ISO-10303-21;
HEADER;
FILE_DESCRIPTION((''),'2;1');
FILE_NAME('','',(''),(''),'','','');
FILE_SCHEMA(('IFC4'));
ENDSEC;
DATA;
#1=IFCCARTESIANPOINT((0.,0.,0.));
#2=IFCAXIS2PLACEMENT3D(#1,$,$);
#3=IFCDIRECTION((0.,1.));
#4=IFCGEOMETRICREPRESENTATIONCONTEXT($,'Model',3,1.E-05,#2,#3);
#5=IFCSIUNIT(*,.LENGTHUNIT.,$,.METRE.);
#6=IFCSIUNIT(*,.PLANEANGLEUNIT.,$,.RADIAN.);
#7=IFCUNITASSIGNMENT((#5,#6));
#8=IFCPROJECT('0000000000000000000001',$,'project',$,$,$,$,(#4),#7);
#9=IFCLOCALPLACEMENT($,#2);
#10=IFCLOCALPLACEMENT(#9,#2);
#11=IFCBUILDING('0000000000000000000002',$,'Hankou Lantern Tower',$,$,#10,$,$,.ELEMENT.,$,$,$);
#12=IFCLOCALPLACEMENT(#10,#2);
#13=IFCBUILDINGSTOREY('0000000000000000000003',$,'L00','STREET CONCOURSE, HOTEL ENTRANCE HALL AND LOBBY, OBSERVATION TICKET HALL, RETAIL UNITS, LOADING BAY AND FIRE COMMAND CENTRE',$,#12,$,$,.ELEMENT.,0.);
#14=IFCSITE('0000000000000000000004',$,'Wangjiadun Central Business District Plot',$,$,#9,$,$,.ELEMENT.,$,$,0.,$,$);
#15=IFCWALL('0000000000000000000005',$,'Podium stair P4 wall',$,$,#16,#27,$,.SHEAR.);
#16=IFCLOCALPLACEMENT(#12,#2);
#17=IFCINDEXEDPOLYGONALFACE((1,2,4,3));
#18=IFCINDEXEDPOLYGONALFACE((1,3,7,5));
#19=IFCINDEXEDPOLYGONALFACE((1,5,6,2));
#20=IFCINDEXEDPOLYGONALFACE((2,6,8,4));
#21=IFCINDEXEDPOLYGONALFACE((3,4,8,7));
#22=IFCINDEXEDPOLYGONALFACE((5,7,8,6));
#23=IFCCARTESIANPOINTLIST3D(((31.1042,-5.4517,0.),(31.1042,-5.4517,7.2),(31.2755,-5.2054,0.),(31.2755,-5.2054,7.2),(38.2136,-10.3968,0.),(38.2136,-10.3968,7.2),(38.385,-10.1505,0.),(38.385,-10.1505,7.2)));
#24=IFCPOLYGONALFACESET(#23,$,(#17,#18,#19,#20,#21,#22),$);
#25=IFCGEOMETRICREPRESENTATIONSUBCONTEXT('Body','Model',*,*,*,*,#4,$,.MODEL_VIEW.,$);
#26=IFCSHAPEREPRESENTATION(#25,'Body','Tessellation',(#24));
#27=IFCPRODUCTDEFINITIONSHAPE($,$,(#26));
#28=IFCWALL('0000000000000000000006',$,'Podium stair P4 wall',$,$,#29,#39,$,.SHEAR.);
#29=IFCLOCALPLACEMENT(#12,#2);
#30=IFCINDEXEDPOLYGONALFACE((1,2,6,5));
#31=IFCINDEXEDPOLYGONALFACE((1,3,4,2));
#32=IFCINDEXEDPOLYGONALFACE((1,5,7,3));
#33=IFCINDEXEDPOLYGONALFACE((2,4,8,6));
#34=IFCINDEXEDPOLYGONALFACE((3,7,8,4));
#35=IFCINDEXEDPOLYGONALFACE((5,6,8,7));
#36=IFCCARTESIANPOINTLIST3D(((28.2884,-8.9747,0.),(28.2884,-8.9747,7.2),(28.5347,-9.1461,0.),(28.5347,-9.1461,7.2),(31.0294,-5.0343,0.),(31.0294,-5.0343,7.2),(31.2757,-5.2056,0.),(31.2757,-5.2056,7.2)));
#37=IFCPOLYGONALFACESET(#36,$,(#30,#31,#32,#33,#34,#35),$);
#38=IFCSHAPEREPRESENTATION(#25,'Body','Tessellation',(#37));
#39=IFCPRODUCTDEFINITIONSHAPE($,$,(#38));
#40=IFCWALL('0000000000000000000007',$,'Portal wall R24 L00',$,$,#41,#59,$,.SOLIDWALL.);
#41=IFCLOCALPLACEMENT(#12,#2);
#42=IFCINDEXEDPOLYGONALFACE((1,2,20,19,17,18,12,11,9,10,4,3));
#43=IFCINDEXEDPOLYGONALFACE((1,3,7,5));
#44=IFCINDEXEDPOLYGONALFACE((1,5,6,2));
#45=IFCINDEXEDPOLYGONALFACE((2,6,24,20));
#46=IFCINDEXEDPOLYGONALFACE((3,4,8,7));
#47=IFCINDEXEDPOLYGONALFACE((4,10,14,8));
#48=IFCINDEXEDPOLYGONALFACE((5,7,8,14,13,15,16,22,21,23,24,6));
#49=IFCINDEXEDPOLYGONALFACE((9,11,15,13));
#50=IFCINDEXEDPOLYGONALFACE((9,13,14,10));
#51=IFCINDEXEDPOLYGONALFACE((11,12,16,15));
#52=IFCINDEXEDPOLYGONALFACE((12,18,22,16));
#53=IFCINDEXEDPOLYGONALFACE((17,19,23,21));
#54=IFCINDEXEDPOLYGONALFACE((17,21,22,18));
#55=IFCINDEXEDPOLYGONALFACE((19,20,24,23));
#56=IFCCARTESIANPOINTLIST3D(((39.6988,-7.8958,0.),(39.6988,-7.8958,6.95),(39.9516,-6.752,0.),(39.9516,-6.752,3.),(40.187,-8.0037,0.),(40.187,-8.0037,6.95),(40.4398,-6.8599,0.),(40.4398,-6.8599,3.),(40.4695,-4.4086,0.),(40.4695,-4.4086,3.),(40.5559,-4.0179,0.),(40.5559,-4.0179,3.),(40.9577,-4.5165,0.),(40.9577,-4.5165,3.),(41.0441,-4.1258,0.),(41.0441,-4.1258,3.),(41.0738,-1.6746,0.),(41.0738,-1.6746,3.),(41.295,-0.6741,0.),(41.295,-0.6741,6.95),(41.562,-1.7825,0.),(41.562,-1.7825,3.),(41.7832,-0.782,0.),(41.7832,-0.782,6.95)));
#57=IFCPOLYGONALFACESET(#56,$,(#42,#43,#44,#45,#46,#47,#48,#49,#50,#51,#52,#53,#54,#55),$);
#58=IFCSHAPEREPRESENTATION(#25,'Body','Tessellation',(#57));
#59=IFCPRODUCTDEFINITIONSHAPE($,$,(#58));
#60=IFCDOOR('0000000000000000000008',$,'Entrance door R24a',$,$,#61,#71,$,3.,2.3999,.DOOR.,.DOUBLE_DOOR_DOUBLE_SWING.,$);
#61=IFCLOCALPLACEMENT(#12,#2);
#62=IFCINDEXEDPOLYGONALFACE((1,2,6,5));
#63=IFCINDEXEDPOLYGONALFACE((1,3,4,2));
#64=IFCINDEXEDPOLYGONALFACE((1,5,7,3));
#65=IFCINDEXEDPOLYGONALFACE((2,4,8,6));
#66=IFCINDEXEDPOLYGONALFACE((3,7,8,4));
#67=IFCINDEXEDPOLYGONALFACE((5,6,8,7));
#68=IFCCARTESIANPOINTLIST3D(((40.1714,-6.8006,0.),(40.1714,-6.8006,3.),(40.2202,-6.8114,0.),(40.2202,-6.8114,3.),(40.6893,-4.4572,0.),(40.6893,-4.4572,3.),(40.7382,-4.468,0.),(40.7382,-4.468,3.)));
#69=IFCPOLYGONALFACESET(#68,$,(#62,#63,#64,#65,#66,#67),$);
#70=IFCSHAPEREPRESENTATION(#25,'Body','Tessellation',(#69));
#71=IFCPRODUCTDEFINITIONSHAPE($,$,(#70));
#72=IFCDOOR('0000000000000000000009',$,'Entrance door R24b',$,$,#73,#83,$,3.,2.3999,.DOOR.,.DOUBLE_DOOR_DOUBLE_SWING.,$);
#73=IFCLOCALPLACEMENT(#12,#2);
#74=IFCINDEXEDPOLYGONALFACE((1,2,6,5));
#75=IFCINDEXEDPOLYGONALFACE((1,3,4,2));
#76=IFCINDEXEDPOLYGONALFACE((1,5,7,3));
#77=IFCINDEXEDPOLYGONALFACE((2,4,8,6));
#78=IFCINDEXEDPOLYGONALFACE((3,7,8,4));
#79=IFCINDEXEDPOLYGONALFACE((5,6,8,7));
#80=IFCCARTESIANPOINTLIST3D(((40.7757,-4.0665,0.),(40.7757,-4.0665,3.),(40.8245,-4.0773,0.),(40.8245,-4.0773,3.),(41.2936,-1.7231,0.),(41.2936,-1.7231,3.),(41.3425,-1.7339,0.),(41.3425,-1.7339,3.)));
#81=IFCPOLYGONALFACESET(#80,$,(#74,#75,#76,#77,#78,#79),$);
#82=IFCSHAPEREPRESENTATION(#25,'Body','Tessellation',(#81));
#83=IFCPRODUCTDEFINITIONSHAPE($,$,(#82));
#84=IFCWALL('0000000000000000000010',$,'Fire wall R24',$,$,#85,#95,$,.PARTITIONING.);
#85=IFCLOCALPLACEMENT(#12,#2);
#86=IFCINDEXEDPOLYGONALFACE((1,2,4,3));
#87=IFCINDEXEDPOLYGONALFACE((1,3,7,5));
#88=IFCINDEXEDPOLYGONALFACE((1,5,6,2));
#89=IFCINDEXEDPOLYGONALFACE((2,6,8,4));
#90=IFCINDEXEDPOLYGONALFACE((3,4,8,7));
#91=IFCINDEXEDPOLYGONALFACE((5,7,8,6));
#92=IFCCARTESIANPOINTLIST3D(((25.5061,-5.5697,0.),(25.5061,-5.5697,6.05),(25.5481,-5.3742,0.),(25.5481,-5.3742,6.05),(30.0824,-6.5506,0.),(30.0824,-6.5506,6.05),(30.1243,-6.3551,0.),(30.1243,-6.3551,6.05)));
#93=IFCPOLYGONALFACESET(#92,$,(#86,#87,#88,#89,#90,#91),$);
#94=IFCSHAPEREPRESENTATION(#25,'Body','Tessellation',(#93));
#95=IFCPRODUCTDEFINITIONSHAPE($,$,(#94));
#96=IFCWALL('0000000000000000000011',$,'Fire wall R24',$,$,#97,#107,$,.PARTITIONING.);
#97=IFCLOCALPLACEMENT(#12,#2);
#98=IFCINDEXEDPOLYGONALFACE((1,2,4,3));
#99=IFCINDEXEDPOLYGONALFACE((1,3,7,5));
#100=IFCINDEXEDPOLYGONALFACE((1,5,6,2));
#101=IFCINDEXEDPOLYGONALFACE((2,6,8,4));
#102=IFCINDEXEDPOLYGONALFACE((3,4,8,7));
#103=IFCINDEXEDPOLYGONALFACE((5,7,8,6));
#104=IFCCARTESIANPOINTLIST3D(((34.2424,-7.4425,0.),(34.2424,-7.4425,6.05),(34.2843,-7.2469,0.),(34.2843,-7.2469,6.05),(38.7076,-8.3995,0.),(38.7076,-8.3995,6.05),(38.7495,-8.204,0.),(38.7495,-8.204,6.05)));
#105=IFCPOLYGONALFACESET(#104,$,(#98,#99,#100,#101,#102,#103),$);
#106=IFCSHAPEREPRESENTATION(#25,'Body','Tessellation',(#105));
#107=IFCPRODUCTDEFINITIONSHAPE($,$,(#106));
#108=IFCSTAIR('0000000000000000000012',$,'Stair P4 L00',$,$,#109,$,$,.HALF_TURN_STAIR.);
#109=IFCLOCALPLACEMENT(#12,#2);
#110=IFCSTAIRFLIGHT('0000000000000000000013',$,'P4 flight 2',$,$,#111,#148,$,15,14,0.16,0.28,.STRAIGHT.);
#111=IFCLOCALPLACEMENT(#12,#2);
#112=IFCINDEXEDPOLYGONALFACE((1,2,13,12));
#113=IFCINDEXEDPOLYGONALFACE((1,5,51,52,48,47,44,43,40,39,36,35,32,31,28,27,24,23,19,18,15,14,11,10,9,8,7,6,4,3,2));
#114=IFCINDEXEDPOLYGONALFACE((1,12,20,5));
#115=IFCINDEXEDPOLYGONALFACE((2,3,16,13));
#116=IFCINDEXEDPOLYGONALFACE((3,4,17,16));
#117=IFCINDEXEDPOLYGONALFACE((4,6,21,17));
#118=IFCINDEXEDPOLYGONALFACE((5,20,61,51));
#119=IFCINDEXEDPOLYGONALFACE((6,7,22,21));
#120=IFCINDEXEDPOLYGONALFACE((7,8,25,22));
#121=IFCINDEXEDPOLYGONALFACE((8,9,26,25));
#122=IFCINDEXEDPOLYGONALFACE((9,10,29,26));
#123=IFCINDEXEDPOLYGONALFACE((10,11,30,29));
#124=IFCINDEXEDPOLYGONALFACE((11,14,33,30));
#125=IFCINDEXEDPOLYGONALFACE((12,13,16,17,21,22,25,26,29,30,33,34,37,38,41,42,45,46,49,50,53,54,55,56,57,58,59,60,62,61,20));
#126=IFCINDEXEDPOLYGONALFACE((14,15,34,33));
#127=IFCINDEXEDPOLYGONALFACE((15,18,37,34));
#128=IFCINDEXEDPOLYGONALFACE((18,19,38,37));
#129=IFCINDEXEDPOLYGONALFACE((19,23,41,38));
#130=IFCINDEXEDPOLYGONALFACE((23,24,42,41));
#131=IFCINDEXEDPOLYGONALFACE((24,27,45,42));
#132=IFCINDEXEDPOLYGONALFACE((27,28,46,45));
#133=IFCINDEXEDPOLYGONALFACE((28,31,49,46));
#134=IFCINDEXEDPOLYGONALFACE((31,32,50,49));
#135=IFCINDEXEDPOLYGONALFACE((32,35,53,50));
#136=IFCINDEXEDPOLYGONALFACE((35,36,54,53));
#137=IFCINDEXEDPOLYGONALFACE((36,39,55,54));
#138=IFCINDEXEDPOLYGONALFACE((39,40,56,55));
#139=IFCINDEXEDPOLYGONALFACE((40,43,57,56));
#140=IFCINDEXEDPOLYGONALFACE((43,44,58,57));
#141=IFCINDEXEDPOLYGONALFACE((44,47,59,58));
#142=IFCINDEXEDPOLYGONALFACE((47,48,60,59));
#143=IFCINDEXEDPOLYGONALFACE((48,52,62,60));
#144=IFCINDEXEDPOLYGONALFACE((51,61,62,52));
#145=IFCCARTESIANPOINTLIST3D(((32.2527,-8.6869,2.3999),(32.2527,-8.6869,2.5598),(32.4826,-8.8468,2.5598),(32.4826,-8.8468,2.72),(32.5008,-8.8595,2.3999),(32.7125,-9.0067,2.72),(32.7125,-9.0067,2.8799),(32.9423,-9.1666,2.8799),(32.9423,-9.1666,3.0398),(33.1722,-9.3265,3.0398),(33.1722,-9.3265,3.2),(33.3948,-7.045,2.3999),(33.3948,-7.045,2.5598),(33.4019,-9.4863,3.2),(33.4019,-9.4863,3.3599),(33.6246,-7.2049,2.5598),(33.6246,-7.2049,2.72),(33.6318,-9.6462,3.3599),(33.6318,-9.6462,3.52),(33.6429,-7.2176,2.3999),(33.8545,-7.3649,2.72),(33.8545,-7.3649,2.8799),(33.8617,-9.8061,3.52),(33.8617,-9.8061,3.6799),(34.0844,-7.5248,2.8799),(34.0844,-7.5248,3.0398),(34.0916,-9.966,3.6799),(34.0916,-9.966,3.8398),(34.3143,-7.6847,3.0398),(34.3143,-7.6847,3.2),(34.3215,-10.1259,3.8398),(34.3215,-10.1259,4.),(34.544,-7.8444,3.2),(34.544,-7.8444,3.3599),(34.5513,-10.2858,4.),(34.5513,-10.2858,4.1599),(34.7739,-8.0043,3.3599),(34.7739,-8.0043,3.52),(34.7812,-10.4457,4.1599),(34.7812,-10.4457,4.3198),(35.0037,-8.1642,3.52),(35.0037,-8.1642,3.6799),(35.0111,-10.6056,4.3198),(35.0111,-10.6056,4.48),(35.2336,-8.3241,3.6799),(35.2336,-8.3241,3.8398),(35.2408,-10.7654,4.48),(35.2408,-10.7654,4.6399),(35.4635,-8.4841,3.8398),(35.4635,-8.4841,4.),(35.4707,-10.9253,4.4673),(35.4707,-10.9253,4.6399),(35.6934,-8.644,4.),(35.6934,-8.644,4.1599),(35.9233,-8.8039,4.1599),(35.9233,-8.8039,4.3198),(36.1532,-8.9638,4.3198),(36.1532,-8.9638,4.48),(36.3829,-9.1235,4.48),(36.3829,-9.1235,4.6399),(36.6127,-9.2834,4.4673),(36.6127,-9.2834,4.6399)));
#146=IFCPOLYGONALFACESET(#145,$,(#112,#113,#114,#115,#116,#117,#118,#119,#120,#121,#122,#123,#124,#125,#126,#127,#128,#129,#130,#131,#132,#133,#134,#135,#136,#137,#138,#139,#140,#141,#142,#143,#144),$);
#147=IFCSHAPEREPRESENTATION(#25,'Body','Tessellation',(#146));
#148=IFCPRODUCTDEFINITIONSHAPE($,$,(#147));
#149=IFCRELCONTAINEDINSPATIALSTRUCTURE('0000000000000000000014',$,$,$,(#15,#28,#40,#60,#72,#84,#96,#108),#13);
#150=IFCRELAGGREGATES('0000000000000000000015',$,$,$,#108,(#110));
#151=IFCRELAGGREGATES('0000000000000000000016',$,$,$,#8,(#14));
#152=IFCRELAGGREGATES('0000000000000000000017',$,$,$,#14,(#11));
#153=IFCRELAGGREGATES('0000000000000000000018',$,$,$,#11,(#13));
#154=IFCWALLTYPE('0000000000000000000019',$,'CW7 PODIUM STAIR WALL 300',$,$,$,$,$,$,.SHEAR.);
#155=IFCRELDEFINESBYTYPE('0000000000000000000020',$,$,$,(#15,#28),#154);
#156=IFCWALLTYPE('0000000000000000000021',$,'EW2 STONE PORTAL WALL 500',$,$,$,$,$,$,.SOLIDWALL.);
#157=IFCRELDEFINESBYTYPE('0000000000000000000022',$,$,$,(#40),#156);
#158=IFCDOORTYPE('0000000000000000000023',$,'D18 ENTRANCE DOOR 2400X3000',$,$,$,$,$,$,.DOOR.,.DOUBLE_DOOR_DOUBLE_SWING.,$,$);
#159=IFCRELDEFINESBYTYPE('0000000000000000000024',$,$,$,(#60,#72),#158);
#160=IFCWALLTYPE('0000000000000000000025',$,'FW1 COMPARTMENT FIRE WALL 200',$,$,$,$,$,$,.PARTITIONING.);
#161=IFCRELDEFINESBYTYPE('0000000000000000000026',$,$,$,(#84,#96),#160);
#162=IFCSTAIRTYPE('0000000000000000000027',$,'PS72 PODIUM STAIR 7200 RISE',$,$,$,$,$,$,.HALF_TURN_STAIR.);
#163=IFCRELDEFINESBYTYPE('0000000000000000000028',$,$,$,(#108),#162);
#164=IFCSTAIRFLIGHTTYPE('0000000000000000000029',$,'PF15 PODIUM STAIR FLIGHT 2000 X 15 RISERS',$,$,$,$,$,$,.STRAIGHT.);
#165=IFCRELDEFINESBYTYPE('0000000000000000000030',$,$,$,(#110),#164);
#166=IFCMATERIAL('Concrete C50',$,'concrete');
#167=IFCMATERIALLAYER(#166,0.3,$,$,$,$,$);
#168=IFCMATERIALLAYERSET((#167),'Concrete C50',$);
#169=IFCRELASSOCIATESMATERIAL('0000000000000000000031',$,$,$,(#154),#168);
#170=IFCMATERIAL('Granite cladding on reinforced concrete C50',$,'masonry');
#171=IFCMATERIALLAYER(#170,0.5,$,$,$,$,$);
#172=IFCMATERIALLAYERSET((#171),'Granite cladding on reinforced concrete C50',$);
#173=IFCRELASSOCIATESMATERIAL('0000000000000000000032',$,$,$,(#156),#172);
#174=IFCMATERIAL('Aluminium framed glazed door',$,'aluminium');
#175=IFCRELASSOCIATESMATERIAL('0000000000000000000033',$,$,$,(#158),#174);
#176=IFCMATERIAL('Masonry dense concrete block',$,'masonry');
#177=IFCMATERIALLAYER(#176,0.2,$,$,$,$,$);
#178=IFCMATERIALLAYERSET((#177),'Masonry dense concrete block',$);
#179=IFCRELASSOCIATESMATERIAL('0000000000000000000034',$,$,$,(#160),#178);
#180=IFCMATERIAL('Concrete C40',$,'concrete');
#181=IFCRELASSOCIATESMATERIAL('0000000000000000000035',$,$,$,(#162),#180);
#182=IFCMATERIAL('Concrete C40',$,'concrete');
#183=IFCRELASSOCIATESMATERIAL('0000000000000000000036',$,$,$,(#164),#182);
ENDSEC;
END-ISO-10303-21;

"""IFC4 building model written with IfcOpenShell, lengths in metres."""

from ifc_helpers import new_model, si_unit, direction, frame, frame_2d, origin, place, context, subcontext, project, spatial, polyline, rectangle, outline, extrude, material, layer, layer_set, type_object, element, fill, aggregate, save


model = new_model("IFC4")

# Units and contexts
model_context = context("Model", 3, precision=1e-05, world=origin(), true_north=direction((0.0, 1.0)))
body_context = subcontext(model_context, "Body", "Model", "MODEL_VIEW")
ifc_project = project(units=[si_unit("LENGTHUNIT", "METRE"), si_unit("PLANEANGLEUNIT", "RADIAN")], contexts=[model_context])

# Site, building, storey
site_placement = place(None, origin())
site = spatial("IfcSite", under=ifc_project, at=site_placement, Name="Wangjiadun Central Business District Plot", CompositionType="ELEMENT", RefElevation=0.0)
building_placement = place(site_placement, origin())
building = spatial("IfcBuilding", under=site, at=building_placement, Name="Hankou Lantern Tower", CompositionType="ELEMENT")
storey_placement = place(building_placement, origin())
storey = spatial("IfcBuildingStorey", under=building, at=storey_placement, Name="L00", Description="STREET CONCOURSE, HOTEL ENTRANCE HALL AND LOBBY, OBSERVATION TICKET HALL, RETAIL UNITS, LOADING BAY AND FIRE COMMAND CENTRE", CompositionType="ELEMENT", Elevation=0.0)

# Walls
ifc_material_1 = material(Name="Concrete C50", Category="concrete")
ifc_layer_1 = layer(ifc_material_1, 0.3)
ifc_layer_set_1 = layer_set([ifc_layer_1], Name="Concrete C50")
wall_type_1 = type_object("IfcWallType", Name="CW7 PODIUM STAIR WALL 300", PredefinedType="SHEAR", material=ifc_layer_set_1)
wall_1_placement = place(storey_placement, frame((38.2993, -10.2737, 0.0), z_axis=(0.0, 0.0, 1.0), x_axis=(-0.820937, 0.571019, 0.0)))
element("IfcWall", 1, at=wall_1_placement, inside=storey, type_object=wall_type_1, Name="Podium stair P4 wall", PredefinedType="SHEAR", context=body_context, shape_type="SweptSolid", body=[
    extrude(rectangle(XDim=8.6602, YDim=0.3, at=frame_2d((4.3301, 0.0))), origin(), (0.0, 0.0, 1.0), 7.2),
])
wall_2_placement = place(storey_placement, frame((28.4116, -9.0603, 0.0), z_axis=(0.0, 0.0, 1.0), x_axis=(0.571036, 0.820925, 0.0)))
element("IfcWall", 2, at=wall_2_placement, inside=storey, type_object=wall_type_1, Name="Podium stair P4 wall", PredefinedType="SHEAR", context=body_context, shape_type="SweptSolid", body=[
    extrude(rectangle(XDim=4.8, YDim=0.3, at=frame_2d((2.3999, 0.0))), origin(), (0.0, 0.0, 1.0), 7.2),
])

# Wall, openings, doors
ifc_material_2 = material(Name="Granite cladding on reinforced concrete C50", Category="masonry")
ifc_layer_2 = layer(ifc_material_2, 0.5)
ifc_layer_set_2 = layer_set([ifc_layer_2], Name="Granite cladding on reinforced concrete C50")
wall_type_2 = type_object("IfcWallType", Name="EW2 STONE PORTAL WALL 500", PredefinedType="SOLIDWALL", material=ifc_layer_set_2)
wall_3_placement = place(storey_placement, frame((39.9429, -7.9497, 0.0), z_axis=(0.0, 0.0, 1.0), x_axis=(0.215819, 0.976433, 0.0)))
wall_3 = element("IfcWall", 3, at=wall_3_placement, inside=storey, type_object=wall_type_2, Name="Portal wall R24 L00", PredefinedType="SOLIDWALL", context=body_context, shape_type="SweptSolid", body=[
    extrude(rectangle(XDim=7.396, YDim=0.5, at=frame_2d((3.698, 0.0))), origin(), (0.0, 0.0, 1.0), 6.95),
])
opening_1_placement = place(wall_3_placement, frame((1.1714, 0.0, 0.0)))
opening_1 = element("IfcOpeningElement", 4, at=opening_1_placement, cuts=wall_3, PredefinedType="OPENING", context=body_context, shape_type="SweptSolid", body=[
    extrude(rectangle(XDim=2.3999, YDim=3.0, at=frame_2d((1.2, 1.5))), frame((0.0, 0.26, 0.0), z_axis=(0.0, -1.0, 0.0), x_axis=(1.0, 0.0, 0.0)), (0.0, 0.0, 1.0), 0.52),
])
opening_2_placement = place(wall_3_placement, frame((3.9714, 0.0, 0.0)))
opening_2 = element("IfcOpeningElement", 5, at=opening_2_placement, cuts=wall_3, PredefinedType="OPENING", context=body_context, shape_type="SweptSolid", body=[
    extrude(rectangle(XDim=2.3999, YDim=3.0, at=frame_2d((1.2, 1.5))), frame((0.0, 0.26, 0.0), z_axis=(0.0, -1.0, 0.0), x_axis=(1.0, 0.0, 0.0)), (0.0, 0.0, 1.0), 0.52),
])
ifc_material_3 = material(Name="Aluminium framed glazed door", Category="aluminium")
door_type = type_object("IfcDoorType", Name="D18 ENTRANCE DOOR 2400X3000", OperationType="DOUBLE_DOOR_DOUBLE_SWING", PredefinedType="DOOR", material=ifc_material_3)
door_1_placement = place(opening_1_placement, origin())
door_1 = element("IfcDoor", 6, at=door_1_placement, inside=storey, type_object=door_type, Name="Entrance door R24a", OperationType="DOUBLE_DOOR_DOUBLE_SWING", OverallHeight=3.0, OverallWidth=2.3999, PredefinedType="DOOR", context=body_context, shape_type="SweptSolid", body=[
    extrude(rectangle(XDim=2.3999, YDim=3.0, at=frame_2d((1.2, 1.5))), frame((0.0, 0.0249, 0.0), z_axis=(0.0, -1.0, 0.0), x_axis=(1.0, 0.0, 0.0)), (0.0, 0.0, 1.0), 0.05),
])
fill(opening_1, door_1)
door_2_placement = place(opening_2_placement, origin())
door_2 = element("IfcDoor", 7, at=door_2_placement, inside=storey, type_object=door_type, Name="Entrance door R24b", OperationType="DOUBLE_DOOR_DOUBLE_SWING", OverallHeight=3.0, OverallWidth=2.3999, PredefinedType="DOOR", context=body_context, shape_type="SweptSolid", body=[
    extrude(rectangle(XDim=2.3999, YDim=3.0, at=frame_2d((1.2, 1.5))), frame((0.0, 0.0249, 0.0), z_axis=(0.0, -1.0, 0.0), x_axis=(1.0, 0.0, 0.0)), (0.0, 0.0, 1.0), 0.05),
])
fill(opening_2, door_2)

# Walls
ifc_material_4 = material(Name="Masonry dense concrete block", Category="masonry")
ifc_layer_3 = layer(ifc_material_4, 0.2)
ifc_layer_set_3 = layer_set([ifc_layer_3], Name="Masonry dense concrete block")
wall_type_3 = type_object("IfcWallType", Name="FW1 COMPARTMENT FIRE WALL 200", PredefinedType="PARTITIONING", material=ifc_layer_set_3)
wall_4_placement = place(storey_placement, frame((25.5271, -5.4719, 0.0), z_axis=(0.0, 0.0, 1.0), x_axis=(0.977787, -0.2096, 0.0)))
element("IfcWall", 8, at=wall_4_placement, inside=storey, type_object=wall_type_3, Name="Fire wall R24", PredefinedType="PARTITIONING", context=body_context, shape_type="SweptSolid", body=[
    extrude(rectangle(XDim=4.6802, YDim=0.2, at=frame_2d((2.3401, 0.0))), origin(), (0.0, 0.0, 1.0), 6.05),
])
wall_5_placement = place(storey_placement, frame((34.2634, -7.3447, 0.0), z_axis=(0.0, 0.0, 1.0), x_axis=(0.977795, -0.209566, 0.0)))
element("IfcWall", 9, at=wall_5_placement, inside=storey, type_object=wall_type_3, Name="Fire wall R24", PredefinedType="PARTITIONING", context=body_context, shape_type="SweptSolid", body=[
    extrude(rectangle(XDim=4.5667, YDim=0.2, at=frame_2d((2.2832, 0.0))), origin(), (0.0, 0.0, 1.0), 6.05),
])

# Stair, stair flight
ifc_material_5 = material(Name="Concrete C40", Category="concrete")
stair_type = type_object("IfcStairType", Name="PS72 PODIUM STAIR 7200 RISE", PredefinedType="HALF_TURN_STAIR", material=ifc_material_5)
stair_placement = place(storey_placement, origin())
stair = element("IfcStair", 10, at=stair_placement, inside=storey, type_object=stair_type, Name="Stair P4 L00", PredefinedType="HALF_TURN_STAIR")
ifc_material_6 = material(Name="Concrete C40", Category="concrete")
stair_flight_type = type_object("IfcStairFlightType", Name="PF15 PODIUM STAIR FLIGHT 2000 X 15 RISERS", PredefinedType="STRAIGHT", material=ifc_material_6)
stair_flight_placement = place(storey_placement, frame((32.8237, -7.866, 2.3999), z_axis=(0.0, 0.0, 1.0), x_axis=(0.820927, -0.571033, 0.0)))
stair_flight = element("IfcStairFlight", 11, at=stair_flight_placement, type_object=stair_flight_type, Name="P4 flight 2", NumberOfRisers=15, NumberOfTreads=14, PredefinedType="STRAIGHT", RiserHeight=0.16, TreadLength=0.28, context=body_context, shape_type="SweptSolid", body=[
    extrude(outline(polyline([(0.0, 0.0), (0.0, 0.1599), (0.28, 0.1599), (0.28, 0.3201), (0.5601, 0.3201), (0.5601, 0.48), (0.8401, 0.48), (0.8401, 0.6399), (1.1201, 0.6399), (1.1201, 0.8), (1.3999, 0.8), (1.3999, 0.96), (1.6799, 0.96), (1.6799, 1.1201), (1.96, 1.1201), (1.96, 1.28), (2.24, 1.28), (2.24, 1.4399), (2.52, 1.4399), (2.52, 1.6001), (2.8, 1.6001), (2.8, 1.76), (3.0801, 1.76), (3.0801, 1.9199), (3.3601, 1.9199), (3.3601, 2.0801), (3.6399, 2.0801), (3.6399, 2.24), (3.9199, 2.24), (3.9199, 2.3999), (3.9199, 2.0674), (0.3022, 0.0), (0.0, 0.0)])), frame((0.0, 1.0, 0.0), z_axis=(0.0, -1.0, 0.0), x_axis=(1.0, 0.0, 0.0)), (0.0, 0.0, 1.0), 2.0),
])
aggregate(stair, [stair_flight])

save(model, "model.ifc")
